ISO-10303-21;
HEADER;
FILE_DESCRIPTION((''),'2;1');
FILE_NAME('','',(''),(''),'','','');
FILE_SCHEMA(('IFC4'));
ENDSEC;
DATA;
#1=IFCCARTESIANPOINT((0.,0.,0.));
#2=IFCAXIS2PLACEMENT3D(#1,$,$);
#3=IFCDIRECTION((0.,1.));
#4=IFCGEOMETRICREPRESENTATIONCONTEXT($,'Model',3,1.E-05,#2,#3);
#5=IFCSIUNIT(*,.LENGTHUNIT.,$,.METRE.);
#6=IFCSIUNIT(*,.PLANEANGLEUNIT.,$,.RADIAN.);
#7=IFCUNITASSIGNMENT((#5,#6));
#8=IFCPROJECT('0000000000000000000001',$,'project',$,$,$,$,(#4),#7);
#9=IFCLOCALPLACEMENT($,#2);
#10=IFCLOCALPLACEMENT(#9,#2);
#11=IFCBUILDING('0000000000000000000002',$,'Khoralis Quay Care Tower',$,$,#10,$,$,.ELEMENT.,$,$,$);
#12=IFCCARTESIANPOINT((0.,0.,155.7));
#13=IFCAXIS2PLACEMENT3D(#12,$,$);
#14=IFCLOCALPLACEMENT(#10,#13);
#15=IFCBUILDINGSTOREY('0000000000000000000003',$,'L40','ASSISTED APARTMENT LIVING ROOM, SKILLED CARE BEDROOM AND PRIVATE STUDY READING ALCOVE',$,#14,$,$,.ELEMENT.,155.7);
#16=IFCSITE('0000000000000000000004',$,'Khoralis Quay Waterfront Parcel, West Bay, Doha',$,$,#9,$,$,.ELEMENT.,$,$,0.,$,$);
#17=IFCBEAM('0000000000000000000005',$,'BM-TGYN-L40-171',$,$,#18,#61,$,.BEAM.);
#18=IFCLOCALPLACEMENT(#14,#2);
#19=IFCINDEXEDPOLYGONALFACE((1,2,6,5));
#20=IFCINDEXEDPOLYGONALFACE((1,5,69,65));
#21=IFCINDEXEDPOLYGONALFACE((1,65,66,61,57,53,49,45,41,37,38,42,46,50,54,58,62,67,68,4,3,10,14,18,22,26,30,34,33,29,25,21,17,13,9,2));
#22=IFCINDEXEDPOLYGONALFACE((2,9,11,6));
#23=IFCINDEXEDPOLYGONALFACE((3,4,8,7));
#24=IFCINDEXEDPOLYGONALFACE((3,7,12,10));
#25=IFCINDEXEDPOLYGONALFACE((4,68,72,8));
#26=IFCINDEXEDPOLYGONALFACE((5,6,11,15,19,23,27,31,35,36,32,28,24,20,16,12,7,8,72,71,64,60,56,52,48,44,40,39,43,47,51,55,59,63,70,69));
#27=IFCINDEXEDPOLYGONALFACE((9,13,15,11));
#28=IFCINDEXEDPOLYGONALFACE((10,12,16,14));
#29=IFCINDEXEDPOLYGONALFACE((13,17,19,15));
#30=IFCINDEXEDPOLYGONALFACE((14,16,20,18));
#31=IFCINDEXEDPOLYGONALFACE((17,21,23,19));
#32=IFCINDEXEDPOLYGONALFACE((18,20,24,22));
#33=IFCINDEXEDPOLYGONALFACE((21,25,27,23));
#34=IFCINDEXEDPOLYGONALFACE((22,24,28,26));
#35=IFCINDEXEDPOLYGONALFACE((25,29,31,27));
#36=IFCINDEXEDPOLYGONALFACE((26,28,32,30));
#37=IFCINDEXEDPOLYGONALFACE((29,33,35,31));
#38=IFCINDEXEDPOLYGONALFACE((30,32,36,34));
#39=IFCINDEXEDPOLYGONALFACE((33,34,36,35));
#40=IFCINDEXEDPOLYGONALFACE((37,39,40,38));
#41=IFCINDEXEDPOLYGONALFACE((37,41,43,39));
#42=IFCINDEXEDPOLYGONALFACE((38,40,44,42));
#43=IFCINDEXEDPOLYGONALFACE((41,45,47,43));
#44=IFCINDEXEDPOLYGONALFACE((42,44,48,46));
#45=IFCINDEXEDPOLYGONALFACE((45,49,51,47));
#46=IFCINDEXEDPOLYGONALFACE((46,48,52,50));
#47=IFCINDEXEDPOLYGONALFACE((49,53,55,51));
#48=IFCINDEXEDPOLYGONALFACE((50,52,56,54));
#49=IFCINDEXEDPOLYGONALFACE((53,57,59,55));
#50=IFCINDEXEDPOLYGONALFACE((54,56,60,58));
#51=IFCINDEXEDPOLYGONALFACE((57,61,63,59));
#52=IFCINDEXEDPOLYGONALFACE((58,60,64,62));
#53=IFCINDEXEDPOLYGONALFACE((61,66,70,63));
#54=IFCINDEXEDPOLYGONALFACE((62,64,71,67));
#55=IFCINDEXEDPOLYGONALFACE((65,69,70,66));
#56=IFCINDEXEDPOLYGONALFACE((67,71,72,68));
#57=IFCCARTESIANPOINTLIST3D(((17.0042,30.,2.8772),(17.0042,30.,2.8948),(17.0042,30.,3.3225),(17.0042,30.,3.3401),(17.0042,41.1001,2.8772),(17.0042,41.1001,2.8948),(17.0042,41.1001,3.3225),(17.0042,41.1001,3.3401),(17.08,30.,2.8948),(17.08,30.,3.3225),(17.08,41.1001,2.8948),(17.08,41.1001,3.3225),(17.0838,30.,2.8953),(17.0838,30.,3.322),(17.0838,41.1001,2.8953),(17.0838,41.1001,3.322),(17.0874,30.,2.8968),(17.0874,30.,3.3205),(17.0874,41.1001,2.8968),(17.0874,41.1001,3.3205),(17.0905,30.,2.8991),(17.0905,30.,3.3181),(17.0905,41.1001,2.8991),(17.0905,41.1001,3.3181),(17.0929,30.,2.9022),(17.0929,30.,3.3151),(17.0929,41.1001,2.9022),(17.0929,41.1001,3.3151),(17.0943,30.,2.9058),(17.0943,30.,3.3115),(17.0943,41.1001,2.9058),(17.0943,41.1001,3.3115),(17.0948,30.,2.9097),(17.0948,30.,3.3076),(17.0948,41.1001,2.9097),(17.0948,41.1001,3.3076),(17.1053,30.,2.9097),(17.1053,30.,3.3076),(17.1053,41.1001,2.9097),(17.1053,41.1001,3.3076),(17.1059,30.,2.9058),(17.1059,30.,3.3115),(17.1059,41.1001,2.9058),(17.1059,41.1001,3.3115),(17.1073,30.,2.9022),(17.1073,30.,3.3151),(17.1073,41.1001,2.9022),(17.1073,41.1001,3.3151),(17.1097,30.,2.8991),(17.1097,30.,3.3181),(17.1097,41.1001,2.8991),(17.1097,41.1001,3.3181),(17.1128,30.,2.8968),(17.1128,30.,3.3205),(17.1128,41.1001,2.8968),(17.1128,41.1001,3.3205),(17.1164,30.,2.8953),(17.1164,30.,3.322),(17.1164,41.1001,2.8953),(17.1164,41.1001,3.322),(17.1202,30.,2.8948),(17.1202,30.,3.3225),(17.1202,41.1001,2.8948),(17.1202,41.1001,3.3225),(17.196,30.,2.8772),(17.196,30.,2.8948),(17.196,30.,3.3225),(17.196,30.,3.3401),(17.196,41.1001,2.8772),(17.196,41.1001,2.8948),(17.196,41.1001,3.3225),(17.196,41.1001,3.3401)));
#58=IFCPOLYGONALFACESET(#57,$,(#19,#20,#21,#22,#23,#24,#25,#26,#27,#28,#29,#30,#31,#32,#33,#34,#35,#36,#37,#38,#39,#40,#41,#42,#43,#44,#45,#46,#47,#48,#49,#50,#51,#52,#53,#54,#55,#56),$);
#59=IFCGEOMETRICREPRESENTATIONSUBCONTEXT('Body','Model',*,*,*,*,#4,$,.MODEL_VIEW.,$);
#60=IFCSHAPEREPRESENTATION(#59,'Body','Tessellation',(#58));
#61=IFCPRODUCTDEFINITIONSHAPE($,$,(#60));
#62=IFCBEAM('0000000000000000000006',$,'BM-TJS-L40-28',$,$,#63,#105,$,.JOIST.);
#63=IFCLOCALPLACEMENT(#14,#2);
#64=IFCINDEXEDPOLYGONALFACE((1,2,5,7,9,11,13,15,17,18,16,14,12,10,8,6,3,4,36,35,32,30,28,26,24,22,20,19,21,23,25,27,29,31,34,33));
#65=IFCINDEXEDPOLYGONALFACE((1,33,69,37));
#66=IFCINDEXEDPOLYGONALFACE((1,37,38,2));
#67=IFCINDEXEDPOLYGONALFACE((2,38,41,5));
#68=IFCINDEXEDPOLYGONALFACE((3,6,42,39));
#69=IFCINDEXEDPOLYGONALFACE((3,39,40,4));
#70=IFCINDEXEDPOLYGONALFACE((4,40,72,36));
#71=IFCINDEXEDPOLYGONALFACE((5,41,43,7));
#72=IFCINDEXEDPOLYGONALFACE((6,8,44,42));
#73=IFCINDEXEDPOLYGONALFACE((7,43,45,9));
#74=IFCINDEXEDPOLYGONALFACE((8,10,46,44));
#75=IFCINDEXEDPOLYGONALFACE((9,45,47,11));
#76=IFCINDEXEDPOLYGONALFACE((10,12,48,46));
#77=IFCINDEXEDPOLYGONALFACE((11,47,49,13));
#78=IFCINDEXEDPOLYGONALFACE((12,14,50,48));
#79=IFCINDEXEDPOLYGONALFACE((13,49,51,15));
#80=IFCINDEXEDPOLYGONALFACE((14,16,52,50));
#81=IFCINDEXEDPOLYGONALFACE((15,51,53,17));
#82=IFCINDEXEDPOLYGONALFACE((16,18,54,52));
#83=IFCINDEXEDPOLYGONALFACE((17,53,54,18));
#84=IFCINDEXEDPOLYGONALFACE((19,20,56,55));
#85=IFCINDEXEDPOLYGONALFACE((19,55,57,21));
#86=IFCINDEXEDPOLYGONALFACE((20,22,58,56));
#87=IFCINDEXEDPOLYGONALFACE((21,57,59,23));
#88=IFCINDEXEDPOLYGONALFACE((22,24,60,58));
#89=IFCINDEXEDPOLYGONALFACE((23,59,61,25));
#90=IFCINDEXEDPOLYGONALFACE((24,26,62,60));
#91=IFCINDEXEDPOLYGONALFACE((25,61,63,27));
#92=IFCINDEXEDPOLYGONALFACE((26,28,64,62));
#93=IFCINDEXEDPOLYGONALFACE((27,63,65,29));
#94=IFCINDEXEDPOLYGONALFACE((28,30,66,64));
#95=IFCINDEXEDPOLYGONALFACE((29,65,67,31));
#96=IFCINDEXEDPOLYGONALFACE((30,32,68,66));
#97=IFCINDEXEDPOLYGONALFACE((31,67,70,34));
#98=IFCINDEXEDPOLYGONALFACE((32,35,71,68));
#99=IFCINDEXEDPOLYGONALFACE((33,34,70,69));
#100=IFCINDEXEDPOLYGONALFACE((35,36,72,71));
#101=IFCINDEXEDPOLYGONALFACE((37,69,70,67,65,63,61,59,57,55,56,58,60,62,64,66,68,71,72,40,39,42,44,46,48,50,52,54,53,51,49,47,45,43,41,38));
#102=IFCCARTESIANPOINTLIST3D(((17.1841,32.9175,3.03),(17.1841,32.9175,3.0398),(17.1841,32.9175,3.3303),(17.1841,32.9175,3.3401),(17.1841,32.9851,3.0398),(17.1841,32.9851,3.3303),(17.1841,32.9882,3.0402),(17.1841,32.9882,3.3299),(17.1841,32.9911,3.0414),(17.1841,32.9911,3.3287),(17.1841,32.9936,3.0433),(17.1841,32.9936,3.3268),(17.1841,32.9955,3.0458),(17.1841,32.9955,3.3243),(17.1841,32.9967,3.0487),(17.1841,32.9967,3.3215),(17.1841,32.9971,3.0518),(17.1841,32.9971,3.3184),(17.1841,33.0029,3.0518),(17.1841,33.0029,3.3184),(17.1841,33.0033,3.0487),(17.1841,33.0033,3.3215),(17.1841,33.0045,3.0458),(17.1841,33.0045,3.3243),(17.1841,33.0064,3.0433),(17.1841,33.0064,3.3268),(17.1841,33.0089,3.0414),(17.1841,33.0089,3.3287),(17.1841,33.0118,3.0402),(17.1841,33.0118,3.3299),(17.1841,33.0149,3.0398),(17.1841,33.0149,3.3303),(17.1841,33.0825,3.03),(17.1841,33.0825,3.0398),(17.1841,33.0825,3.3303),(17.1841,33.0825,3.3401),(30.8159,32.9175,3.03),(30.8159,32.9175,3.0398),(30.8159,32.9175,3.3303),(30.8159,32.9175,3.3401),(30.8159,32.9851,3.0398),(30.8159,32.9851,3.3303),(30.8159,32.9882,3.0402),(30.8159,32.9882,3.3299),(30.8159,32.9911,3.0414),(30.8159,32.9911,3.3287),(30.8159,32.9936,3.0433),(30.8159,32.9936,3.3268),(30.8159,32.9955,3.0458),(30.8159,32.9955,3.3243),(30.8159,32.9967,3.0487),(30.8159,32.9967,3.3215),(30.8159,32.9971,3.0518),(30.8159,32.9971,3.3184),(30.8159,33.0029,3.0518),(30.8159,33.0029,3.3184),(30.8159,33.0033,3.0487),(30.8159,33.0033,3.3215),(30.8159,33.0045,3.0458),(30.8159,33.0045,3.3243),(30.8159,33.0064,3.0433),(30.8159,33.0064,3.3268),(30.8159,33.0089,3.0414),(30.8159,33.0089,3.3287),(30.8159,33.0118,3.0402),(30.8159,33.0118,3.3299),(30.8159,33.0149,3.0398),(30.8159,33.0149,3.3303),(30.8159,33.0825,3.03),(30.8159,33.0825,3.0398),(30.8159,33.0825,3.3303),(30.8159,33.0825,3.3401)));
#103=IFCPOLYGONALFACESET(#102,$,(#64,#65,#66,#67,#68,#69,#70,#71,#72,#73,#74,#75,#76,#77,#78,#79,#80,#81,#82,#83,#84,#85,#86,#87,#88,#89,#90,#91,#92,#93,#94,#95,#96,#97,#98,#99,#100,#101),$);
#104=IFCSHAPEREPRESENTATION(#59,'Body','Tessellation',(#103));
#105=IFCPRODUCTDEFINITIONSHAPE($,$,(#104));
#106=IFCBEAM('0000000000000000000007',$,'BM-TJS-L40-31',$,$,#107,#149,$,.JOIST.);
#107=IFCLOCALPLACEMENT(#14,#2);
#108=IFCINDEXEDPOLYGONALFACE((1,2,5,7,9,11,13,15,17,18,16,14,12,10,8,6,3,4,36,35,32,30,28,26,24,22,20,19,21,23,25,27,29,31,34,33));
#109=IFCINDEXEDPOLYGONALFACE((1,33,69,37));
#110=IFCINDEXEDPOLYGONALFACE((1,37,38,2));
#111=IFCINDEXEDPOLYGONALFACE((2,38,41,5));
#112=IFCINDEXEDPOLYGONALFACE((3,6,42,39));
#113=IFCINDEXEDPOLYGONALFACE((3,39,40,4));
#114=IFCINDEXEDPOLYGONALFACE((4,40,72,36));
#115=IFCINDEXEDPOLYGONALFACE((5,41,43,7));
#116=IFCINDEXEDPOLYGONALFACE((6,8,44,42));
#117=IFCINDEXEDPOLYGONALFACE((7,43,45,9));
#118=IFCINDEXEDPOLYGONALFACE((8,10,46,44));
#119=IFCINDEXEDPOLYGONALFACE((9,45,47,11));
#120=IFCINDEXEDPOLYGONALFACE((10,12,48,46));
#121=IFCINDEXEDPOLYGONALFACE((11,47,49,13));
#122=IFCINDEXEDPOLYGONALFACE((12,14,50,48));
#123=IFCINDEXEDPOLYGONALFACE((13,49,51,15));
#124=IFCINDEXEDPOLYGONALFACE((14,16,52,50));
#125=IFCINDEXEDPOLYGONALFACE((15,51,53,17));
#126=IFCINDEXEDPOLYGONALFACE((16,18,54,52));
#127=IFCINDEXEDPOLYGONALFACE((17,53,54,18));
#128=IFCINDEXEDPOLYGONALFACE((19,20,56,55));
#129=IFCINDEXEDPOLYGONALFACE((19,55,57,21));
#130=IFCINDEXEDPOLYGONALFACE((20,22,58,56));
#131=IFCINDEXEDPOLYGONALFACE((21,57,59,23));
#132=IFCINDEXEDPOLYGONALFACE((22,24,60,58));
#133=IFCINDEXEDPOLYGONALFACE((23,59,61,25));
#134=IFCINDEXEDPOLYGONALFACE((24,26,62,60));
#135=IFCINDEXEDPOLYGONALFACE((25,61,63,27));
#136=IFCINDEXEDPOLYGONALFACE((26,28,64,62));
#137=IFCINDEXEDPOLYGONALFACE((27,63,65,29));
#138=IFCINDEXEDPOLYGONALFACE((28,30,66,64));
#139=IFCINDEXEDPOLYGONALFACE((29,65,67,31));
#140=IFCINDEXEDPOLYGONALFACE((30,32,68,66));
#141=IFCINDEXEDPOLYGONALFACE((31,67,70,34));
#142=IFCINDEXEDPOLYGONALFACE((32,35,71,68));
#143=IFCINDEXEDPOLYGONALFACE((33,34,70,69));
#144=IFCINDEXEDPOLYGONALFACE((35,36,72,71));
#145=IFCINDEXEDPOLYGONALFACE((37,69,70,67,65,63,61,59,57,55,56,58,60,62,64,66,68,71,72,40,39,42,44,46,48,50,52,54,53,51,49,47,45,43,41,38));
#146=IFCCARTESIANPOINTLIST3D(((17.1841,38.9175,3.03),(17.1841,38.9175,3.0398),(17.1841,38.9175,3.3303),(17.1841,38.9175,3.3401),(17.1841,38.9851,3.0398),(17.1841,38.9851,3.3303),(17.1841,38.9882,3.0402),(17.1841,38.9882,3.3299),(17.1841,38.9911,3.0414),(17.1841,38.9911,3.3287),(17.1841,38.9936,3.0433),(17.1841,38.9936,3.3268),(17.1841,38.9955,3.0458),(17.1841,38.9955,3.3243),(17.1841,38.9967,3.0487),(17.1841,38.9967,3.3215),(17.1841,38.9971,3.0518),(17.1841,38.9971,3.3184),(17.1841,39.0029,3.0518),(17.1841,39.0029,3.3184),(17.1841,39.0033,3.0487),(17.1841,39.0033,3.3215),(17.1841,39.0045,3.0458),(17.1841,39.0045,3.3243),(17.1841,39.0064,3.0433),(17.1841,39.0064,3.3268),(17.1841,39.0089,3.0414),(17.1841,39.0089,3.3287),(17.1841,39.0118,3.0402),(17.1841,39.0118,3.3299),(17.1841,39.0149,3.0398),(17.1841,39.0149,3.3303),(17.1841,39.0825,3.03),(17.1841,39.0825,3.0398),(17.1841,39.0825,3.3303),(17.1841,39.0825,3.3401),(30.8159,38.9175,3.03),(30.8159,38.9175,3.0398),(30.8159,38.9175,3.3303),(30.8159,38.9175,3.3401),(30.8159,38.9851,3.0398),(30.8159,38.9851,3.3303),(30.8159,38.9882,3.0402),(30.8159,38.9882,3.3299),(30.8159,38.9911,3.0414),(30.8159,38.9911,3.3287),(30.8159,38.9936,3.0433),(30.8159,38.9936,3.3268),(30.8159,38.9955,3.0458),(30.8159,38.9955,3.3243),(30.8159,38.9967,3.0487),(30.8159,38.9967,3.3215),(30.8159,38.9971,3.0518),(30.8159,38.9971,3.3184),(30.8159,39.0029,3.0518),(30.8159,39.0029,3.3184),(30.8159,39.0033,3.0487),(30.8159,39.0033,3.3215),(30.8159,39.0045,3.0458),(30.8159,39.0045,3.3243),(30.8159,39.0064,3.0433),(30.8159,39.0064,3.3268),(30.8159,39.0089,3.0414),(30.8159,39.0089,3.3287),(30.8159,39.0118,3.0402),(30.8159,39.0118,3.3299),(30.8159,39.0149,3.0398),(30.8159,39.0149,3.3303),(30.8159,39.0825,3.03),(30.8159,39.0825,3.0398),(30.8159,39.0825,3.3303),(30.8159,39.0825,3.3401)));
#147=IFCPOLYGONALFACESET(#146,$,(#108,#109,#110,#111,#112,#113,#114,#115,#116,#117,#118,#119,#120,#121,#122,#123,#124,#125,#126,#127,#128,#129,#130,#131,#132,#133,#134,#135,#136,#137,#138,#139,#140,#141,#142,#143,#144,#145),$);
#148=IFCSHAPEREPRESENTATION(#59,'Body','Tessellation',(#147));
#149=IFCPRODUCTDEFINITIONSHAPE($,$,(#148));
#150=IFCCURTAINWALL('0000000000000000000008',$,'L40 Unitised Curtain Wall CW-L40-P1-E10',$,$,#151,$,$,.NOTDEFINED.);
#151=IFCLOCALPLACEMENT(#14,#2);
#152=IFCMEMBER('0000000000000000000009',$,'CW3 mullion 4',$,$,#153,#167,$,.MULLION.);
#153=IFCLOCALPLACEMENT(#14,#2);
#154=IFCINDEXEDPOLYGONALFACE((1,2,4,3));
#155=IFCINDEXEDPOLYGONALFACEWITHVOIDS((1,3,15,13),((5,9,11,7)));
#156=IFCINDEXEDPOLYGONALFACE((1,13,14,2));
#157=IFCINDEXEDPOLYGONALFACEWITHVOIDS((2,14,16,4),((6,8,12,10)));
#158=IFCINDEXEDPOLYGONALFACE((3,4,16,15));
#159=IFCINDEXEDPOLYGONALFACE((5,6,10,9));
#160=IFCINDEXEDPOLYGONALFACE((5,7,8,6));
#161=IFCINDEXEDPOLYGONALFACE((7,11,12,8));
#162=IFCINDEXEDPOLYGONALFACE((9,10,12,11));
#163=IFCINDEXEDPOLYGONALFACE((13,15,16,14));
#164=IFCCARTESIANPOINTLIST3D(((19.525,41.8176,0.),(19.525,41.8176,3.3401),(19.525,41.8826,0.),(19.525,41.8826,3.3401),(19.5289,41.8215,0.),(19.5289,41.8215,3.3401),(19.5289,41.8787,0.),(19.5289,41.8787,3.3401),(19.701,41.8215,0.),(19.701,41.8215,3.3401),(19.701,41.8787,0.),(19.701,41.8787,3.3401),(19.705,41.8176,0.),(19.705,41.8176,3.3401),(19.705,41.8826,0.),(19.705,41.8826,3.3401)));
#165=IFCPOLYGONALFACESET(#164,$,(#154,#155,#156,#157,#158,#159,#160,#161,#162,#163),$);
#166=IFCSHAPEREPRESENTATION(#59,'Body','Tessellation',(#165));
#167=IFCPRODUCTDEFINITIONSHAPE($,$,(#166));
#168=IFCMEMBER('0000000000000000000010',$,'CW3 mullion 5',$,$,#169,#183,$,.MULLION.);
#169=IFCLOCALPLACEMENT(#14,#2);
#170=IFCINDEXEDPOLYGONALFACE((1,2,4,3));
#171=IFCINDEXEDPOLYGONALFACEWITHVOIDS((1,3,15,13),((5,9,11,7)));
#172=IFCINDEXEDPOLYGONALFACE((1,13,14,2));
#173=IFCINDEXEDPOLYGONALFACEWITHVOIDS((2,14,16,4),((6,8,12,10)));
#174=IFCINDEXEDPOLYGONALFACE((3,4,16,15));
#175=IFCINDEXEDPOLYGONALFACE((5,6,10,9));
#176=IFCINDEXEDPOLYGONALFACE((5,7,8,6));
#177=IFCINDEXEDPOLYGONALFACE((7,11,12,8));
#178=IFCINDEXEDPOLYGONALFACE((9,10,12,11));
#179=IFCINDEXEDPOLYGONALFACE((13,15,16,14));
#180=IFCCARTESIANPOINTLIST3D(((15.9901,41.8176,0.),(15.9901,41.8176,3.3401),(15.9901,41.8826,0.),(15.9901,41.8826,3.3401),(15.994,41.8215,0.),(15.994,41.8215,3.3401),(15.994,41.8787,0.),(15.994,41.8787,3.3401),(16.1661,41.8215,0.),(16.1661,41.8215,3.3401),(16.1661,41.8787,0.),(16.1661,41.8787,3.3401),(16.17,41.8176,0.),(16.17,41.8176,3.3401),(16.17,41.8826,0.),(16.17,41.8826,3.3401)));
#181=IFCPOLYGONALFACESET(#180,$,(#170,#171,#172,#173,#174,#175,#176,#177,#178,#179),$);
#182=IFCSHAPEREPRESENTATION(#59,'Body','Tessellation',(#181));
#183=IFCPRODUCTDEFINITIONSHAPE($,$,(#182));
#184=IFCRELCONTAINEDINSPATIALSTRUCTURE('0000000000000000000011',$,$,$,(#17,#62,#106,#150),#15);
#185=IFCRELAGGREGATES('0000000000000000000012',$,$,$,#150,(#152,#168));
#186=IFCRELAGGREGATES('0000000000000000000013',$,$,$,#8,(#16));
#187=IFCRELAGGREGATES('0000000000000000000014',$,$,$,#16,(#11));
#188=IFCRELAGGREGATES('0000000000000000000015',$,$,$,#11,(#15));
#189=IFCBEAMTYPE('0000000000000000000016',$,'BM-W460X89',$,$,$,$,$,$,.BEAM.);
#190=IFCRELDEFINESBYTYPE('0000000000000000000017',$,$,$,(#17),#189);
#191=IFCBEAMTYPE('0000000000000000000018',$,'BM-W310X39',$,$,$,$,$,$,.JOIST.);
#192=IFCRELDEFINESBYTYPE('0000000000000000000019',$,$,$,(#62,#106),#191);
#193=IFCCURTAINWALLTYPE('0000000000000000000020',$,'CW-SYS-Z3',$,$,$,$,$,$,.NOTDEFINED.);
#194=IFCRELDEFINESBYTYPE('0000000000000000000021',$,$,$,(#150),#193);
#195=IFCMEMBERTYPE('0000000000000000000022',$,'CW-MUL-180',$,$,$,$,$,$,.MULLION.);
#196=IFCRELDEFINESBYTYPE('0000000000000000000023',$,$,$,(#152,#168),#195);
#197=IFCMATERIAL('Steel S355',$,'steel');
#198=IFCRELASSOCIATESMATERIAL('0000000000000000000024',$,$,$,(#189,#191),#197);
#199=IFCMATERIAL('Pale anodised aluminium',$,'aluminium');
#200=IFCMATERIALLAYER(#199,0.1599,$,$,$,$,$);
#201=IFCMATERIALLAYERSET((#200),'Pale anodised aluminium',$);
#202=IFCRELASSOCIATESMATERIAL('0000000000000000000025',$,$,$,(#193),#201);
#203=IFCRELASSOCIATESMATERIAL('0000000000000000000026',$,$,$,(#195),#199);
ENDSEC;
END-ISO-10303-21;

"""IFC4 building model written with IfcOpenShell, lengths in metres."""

from ifc_helpers import new_model, si_unit, direction, frame, origin, origin_2d, place, context, subcontext, project, spatial, hollow_rectangle, i_section, extrude, source, transform, mapped, material, layer, layer_set, material_profile, profile_set, type_object, element, aggregate, save


model = new_model("IFC4")

# Units and contexts
model_context = context("Model", 3, precision=1e-05, world=origin(), true_north=direction((0.0, 1.0)))
body_context = subcontext(model_context, "Body", "Model", "MODEL_VIEW")
ifc_project = project(units=[si_unit("LENGTHUNIT", "METRE"), si_unit("PLANEANGLEUNIT", "RADIAN")], contexts=[model_context])

# Site, building, storey
site_placement = place(None, origin())
site = spatial("IfcSite", under=ifc_project, at=site_placement, Name="Khoralis Quay Waterfront Parcel, West Bay, Doha", CompositionType="ELEMENT", RefElevation=0.0)
building_placement = place(site_placement, origin())
building = spatial("IfcBuilding", under=site, at=building_placement, Name="Khoralis Quay Care Tower", CompositionType="ELEMENT")
storey_placement = place(building_placement, frame((0.0, 0.0, 155.7)))
storey = spatial("IfcBuildingStorey", under=building, at=storey_placement, Name="L40", Description="ASSISTED APARTMENT LIVING ROOM, SKILLED CARE BEDROOM AND PRIVATE STUDY READING ALCOVE", CompositionType="ELEMENT", Elevation=155.7)

# Beams
ifc_material_1 = material(Name="Steel S355", Category="steel")
ifc_material_profile_1 = material_profile(ifc_material_1, i_section(OverallWidth=0.1919, OverallDepth=0.4629, WebThickness=0.0105, FlangeThickness=0.0176, FilletRadius=0.0149, at=origin_2d()), Name="Steel S355")
ifc_profile_set_1 = profile_set([ifc_material_profile_1], Name="Steel S355")
beam_type_1 = type_object("IfcBeamType", Name="BM-W460X89", PredefinedType="BEAM", material=ifc_profile_set_1)
shared_shape_1 = source(origin(), body_context, "Body", "SweptSolid", [
    extrude(i_section(OverallWidth=0.1919, OverallDepth=0.4629, WebThickness=0.0105, FlangeThickness=0.0176, FilletRadius=0.0149, at=origin_2d()), origin(), (0.0, 0.0, 1.0), 11.1001),
])
beam_1_placement = place(storey_placement, frame((17.1001, 30.0, 3.1086), z_axis=(0.0, 1.0, 0.0), x_axis=(-1.0, 0.0, 0.0)))
element("IfcBeam", 1, at=beam_1_placement, inside=storey, type_object=beam_type_1, Name="BM-TGYN-L40-171", PredefinedType="BEAM", context=body_context, shape_type="MappedRepresentation", body=[
    mapped(shared_shape_1, transform((0.0, 0.0, 0.0), scale=1.0)),
])
ifc_material_profile_2 = material_profile(ifc_material_1, i_section(OverallWidth=0.165, OverallDepth=0.3101, WebThickness=0.0059, FlangeThickness=0.0098, FilletRadius=0.012, at=origin_2d()), Name="Steel S355")
ifc_profile_set_2 = profile_set([ifc_material_profile_2], Name="Steel S355")
beam_type_2 = type_object("IfcBeamType", Name="BM-W310X39", PredefinedType="JOIST", material=ifc_profile_set_2)
shared_shape_2 = source(origin(), body_context, "Body", "SweptSolid", [
    extrude(i_section(OverallWidth=0.165, OverallDepth=0.3101, WebThickness=0.0059, FlangeThickness=0.0098, FilletRadius=0.012, at=origin_2d()), origin(), (0.0, 0.0, 1.0), 13.6318),
])
for number, where, z_axis, x_axis, name in (
    (2, (17.1841, 33.0, 3.1851), (1.0, 0.0, 0.0), (0.0, 1.0, 0.0), "BM-TJS-L40-28"),
    (3, (17.1841, 39.0, 3.1851), (1.0, 0.0, 0.0), (0.0, 1.0, 0.0), "BM-TJS-L40-31"),
):
    element("IfcBeam", number, at=place(storey_placement, frame(where, z_axis=z_axis, x_axis=x_axis)), inside=storey, type_object=beam_type_2, Name=name, PredefinedType="JOIST", context=body_context, shape_type="MappedRepresentation", body=[
        mapped(shared_shape_2, transform((0.0, 0.0, 0.0), scale=1.0)),
    ])

# Curtain wall, members
ifc_material_2 = material(Name="Pale anodised aluminium", Category="aluminium")
ifc_layer_1 = layer(ifc_material_2, 0.1599)
ifc_layer_set_1 = layer_set([ifc_layer_1], Name="Pale anodised aluminium")
curtain_wall_type = type_object("IfcCurtainWallType", Name="CW-SYS-Z3", PredefinedType="NOTDEFINED", material=ifc_layer_set_1)
curtain_wall_placement = place(storey_placement, origin())
curtain_wall = element("IfcCurtainWall", 4, at=curtain_wall_placement, inside=storey, type_object=curtain_wall_type, Name="L40 Unitised Curtain Wall CW-L40-P1-E10", PredefinedType="NOTDEFINED")
ifc_material_profile_3 = material_profile(ifc_material_2, hollow_rectangle(XDim=0.0649, YDim=0.1799, WallThickness=0.0039, at=origin_2d()), Name="Pale anodised aluminium")
ifc_profile_set_3 = profile_set([ifc_material_profile_3], Name="Pale anodised aluminium")
member_type_1 = type_object("IfcMemberType", Name="CW-MUL-180", PredefinedType="MULLION", material=ifc_profile_set_3)
shared_shape_3 = source(origin(), body_context, "Body", "SweptSolid", [
    extrude(hollow_rectangle(XDim=0.0649, YDim=0.1799, WallThickness=0.0039, at=origin_2d()), origin(), (0.0, 0.0, 1.0), 3.3401),
])
member_1_placement = place(storey_placement, frame((19.615, 41.8501, 0.0), z_axis=(0.0, 0.0, 1.0), x_axis=(0.0, -1.0, 0.0)))
member_1 = element("IfcMember", 5, at=member_1_placement, type_object=member_type_1, Name="CW3 mullion 4", PredefinedType="MULLION", context=body_context, shape_type="MappedRepresentation", body=[
    mapped(shared_shape_3, transform((0.0, 0.0, 0.0), scale=1.0)),
])
member_2_placement = place(storey_placement, frame((16.0801, 41.8501, 0.0), z_axis=(0.0, 0.0, 1.0), x_axis=(0.0, -1.0, 0.0)))
member_2 = element("IfcMember", 6, at=member_2_placement, type_object=member_type_1, Name="CW3 mullion 5", PredefinedType="MULLION", context=body_context, shape_type="MappedRepresentation", body=[
    mapped(shared_shape_3, transform((0.0, 0.0, 0.0), scale=1.0)),
])
aggregate(curtain_wall, [member_1, member_2])

save(model, "model.ifc")
